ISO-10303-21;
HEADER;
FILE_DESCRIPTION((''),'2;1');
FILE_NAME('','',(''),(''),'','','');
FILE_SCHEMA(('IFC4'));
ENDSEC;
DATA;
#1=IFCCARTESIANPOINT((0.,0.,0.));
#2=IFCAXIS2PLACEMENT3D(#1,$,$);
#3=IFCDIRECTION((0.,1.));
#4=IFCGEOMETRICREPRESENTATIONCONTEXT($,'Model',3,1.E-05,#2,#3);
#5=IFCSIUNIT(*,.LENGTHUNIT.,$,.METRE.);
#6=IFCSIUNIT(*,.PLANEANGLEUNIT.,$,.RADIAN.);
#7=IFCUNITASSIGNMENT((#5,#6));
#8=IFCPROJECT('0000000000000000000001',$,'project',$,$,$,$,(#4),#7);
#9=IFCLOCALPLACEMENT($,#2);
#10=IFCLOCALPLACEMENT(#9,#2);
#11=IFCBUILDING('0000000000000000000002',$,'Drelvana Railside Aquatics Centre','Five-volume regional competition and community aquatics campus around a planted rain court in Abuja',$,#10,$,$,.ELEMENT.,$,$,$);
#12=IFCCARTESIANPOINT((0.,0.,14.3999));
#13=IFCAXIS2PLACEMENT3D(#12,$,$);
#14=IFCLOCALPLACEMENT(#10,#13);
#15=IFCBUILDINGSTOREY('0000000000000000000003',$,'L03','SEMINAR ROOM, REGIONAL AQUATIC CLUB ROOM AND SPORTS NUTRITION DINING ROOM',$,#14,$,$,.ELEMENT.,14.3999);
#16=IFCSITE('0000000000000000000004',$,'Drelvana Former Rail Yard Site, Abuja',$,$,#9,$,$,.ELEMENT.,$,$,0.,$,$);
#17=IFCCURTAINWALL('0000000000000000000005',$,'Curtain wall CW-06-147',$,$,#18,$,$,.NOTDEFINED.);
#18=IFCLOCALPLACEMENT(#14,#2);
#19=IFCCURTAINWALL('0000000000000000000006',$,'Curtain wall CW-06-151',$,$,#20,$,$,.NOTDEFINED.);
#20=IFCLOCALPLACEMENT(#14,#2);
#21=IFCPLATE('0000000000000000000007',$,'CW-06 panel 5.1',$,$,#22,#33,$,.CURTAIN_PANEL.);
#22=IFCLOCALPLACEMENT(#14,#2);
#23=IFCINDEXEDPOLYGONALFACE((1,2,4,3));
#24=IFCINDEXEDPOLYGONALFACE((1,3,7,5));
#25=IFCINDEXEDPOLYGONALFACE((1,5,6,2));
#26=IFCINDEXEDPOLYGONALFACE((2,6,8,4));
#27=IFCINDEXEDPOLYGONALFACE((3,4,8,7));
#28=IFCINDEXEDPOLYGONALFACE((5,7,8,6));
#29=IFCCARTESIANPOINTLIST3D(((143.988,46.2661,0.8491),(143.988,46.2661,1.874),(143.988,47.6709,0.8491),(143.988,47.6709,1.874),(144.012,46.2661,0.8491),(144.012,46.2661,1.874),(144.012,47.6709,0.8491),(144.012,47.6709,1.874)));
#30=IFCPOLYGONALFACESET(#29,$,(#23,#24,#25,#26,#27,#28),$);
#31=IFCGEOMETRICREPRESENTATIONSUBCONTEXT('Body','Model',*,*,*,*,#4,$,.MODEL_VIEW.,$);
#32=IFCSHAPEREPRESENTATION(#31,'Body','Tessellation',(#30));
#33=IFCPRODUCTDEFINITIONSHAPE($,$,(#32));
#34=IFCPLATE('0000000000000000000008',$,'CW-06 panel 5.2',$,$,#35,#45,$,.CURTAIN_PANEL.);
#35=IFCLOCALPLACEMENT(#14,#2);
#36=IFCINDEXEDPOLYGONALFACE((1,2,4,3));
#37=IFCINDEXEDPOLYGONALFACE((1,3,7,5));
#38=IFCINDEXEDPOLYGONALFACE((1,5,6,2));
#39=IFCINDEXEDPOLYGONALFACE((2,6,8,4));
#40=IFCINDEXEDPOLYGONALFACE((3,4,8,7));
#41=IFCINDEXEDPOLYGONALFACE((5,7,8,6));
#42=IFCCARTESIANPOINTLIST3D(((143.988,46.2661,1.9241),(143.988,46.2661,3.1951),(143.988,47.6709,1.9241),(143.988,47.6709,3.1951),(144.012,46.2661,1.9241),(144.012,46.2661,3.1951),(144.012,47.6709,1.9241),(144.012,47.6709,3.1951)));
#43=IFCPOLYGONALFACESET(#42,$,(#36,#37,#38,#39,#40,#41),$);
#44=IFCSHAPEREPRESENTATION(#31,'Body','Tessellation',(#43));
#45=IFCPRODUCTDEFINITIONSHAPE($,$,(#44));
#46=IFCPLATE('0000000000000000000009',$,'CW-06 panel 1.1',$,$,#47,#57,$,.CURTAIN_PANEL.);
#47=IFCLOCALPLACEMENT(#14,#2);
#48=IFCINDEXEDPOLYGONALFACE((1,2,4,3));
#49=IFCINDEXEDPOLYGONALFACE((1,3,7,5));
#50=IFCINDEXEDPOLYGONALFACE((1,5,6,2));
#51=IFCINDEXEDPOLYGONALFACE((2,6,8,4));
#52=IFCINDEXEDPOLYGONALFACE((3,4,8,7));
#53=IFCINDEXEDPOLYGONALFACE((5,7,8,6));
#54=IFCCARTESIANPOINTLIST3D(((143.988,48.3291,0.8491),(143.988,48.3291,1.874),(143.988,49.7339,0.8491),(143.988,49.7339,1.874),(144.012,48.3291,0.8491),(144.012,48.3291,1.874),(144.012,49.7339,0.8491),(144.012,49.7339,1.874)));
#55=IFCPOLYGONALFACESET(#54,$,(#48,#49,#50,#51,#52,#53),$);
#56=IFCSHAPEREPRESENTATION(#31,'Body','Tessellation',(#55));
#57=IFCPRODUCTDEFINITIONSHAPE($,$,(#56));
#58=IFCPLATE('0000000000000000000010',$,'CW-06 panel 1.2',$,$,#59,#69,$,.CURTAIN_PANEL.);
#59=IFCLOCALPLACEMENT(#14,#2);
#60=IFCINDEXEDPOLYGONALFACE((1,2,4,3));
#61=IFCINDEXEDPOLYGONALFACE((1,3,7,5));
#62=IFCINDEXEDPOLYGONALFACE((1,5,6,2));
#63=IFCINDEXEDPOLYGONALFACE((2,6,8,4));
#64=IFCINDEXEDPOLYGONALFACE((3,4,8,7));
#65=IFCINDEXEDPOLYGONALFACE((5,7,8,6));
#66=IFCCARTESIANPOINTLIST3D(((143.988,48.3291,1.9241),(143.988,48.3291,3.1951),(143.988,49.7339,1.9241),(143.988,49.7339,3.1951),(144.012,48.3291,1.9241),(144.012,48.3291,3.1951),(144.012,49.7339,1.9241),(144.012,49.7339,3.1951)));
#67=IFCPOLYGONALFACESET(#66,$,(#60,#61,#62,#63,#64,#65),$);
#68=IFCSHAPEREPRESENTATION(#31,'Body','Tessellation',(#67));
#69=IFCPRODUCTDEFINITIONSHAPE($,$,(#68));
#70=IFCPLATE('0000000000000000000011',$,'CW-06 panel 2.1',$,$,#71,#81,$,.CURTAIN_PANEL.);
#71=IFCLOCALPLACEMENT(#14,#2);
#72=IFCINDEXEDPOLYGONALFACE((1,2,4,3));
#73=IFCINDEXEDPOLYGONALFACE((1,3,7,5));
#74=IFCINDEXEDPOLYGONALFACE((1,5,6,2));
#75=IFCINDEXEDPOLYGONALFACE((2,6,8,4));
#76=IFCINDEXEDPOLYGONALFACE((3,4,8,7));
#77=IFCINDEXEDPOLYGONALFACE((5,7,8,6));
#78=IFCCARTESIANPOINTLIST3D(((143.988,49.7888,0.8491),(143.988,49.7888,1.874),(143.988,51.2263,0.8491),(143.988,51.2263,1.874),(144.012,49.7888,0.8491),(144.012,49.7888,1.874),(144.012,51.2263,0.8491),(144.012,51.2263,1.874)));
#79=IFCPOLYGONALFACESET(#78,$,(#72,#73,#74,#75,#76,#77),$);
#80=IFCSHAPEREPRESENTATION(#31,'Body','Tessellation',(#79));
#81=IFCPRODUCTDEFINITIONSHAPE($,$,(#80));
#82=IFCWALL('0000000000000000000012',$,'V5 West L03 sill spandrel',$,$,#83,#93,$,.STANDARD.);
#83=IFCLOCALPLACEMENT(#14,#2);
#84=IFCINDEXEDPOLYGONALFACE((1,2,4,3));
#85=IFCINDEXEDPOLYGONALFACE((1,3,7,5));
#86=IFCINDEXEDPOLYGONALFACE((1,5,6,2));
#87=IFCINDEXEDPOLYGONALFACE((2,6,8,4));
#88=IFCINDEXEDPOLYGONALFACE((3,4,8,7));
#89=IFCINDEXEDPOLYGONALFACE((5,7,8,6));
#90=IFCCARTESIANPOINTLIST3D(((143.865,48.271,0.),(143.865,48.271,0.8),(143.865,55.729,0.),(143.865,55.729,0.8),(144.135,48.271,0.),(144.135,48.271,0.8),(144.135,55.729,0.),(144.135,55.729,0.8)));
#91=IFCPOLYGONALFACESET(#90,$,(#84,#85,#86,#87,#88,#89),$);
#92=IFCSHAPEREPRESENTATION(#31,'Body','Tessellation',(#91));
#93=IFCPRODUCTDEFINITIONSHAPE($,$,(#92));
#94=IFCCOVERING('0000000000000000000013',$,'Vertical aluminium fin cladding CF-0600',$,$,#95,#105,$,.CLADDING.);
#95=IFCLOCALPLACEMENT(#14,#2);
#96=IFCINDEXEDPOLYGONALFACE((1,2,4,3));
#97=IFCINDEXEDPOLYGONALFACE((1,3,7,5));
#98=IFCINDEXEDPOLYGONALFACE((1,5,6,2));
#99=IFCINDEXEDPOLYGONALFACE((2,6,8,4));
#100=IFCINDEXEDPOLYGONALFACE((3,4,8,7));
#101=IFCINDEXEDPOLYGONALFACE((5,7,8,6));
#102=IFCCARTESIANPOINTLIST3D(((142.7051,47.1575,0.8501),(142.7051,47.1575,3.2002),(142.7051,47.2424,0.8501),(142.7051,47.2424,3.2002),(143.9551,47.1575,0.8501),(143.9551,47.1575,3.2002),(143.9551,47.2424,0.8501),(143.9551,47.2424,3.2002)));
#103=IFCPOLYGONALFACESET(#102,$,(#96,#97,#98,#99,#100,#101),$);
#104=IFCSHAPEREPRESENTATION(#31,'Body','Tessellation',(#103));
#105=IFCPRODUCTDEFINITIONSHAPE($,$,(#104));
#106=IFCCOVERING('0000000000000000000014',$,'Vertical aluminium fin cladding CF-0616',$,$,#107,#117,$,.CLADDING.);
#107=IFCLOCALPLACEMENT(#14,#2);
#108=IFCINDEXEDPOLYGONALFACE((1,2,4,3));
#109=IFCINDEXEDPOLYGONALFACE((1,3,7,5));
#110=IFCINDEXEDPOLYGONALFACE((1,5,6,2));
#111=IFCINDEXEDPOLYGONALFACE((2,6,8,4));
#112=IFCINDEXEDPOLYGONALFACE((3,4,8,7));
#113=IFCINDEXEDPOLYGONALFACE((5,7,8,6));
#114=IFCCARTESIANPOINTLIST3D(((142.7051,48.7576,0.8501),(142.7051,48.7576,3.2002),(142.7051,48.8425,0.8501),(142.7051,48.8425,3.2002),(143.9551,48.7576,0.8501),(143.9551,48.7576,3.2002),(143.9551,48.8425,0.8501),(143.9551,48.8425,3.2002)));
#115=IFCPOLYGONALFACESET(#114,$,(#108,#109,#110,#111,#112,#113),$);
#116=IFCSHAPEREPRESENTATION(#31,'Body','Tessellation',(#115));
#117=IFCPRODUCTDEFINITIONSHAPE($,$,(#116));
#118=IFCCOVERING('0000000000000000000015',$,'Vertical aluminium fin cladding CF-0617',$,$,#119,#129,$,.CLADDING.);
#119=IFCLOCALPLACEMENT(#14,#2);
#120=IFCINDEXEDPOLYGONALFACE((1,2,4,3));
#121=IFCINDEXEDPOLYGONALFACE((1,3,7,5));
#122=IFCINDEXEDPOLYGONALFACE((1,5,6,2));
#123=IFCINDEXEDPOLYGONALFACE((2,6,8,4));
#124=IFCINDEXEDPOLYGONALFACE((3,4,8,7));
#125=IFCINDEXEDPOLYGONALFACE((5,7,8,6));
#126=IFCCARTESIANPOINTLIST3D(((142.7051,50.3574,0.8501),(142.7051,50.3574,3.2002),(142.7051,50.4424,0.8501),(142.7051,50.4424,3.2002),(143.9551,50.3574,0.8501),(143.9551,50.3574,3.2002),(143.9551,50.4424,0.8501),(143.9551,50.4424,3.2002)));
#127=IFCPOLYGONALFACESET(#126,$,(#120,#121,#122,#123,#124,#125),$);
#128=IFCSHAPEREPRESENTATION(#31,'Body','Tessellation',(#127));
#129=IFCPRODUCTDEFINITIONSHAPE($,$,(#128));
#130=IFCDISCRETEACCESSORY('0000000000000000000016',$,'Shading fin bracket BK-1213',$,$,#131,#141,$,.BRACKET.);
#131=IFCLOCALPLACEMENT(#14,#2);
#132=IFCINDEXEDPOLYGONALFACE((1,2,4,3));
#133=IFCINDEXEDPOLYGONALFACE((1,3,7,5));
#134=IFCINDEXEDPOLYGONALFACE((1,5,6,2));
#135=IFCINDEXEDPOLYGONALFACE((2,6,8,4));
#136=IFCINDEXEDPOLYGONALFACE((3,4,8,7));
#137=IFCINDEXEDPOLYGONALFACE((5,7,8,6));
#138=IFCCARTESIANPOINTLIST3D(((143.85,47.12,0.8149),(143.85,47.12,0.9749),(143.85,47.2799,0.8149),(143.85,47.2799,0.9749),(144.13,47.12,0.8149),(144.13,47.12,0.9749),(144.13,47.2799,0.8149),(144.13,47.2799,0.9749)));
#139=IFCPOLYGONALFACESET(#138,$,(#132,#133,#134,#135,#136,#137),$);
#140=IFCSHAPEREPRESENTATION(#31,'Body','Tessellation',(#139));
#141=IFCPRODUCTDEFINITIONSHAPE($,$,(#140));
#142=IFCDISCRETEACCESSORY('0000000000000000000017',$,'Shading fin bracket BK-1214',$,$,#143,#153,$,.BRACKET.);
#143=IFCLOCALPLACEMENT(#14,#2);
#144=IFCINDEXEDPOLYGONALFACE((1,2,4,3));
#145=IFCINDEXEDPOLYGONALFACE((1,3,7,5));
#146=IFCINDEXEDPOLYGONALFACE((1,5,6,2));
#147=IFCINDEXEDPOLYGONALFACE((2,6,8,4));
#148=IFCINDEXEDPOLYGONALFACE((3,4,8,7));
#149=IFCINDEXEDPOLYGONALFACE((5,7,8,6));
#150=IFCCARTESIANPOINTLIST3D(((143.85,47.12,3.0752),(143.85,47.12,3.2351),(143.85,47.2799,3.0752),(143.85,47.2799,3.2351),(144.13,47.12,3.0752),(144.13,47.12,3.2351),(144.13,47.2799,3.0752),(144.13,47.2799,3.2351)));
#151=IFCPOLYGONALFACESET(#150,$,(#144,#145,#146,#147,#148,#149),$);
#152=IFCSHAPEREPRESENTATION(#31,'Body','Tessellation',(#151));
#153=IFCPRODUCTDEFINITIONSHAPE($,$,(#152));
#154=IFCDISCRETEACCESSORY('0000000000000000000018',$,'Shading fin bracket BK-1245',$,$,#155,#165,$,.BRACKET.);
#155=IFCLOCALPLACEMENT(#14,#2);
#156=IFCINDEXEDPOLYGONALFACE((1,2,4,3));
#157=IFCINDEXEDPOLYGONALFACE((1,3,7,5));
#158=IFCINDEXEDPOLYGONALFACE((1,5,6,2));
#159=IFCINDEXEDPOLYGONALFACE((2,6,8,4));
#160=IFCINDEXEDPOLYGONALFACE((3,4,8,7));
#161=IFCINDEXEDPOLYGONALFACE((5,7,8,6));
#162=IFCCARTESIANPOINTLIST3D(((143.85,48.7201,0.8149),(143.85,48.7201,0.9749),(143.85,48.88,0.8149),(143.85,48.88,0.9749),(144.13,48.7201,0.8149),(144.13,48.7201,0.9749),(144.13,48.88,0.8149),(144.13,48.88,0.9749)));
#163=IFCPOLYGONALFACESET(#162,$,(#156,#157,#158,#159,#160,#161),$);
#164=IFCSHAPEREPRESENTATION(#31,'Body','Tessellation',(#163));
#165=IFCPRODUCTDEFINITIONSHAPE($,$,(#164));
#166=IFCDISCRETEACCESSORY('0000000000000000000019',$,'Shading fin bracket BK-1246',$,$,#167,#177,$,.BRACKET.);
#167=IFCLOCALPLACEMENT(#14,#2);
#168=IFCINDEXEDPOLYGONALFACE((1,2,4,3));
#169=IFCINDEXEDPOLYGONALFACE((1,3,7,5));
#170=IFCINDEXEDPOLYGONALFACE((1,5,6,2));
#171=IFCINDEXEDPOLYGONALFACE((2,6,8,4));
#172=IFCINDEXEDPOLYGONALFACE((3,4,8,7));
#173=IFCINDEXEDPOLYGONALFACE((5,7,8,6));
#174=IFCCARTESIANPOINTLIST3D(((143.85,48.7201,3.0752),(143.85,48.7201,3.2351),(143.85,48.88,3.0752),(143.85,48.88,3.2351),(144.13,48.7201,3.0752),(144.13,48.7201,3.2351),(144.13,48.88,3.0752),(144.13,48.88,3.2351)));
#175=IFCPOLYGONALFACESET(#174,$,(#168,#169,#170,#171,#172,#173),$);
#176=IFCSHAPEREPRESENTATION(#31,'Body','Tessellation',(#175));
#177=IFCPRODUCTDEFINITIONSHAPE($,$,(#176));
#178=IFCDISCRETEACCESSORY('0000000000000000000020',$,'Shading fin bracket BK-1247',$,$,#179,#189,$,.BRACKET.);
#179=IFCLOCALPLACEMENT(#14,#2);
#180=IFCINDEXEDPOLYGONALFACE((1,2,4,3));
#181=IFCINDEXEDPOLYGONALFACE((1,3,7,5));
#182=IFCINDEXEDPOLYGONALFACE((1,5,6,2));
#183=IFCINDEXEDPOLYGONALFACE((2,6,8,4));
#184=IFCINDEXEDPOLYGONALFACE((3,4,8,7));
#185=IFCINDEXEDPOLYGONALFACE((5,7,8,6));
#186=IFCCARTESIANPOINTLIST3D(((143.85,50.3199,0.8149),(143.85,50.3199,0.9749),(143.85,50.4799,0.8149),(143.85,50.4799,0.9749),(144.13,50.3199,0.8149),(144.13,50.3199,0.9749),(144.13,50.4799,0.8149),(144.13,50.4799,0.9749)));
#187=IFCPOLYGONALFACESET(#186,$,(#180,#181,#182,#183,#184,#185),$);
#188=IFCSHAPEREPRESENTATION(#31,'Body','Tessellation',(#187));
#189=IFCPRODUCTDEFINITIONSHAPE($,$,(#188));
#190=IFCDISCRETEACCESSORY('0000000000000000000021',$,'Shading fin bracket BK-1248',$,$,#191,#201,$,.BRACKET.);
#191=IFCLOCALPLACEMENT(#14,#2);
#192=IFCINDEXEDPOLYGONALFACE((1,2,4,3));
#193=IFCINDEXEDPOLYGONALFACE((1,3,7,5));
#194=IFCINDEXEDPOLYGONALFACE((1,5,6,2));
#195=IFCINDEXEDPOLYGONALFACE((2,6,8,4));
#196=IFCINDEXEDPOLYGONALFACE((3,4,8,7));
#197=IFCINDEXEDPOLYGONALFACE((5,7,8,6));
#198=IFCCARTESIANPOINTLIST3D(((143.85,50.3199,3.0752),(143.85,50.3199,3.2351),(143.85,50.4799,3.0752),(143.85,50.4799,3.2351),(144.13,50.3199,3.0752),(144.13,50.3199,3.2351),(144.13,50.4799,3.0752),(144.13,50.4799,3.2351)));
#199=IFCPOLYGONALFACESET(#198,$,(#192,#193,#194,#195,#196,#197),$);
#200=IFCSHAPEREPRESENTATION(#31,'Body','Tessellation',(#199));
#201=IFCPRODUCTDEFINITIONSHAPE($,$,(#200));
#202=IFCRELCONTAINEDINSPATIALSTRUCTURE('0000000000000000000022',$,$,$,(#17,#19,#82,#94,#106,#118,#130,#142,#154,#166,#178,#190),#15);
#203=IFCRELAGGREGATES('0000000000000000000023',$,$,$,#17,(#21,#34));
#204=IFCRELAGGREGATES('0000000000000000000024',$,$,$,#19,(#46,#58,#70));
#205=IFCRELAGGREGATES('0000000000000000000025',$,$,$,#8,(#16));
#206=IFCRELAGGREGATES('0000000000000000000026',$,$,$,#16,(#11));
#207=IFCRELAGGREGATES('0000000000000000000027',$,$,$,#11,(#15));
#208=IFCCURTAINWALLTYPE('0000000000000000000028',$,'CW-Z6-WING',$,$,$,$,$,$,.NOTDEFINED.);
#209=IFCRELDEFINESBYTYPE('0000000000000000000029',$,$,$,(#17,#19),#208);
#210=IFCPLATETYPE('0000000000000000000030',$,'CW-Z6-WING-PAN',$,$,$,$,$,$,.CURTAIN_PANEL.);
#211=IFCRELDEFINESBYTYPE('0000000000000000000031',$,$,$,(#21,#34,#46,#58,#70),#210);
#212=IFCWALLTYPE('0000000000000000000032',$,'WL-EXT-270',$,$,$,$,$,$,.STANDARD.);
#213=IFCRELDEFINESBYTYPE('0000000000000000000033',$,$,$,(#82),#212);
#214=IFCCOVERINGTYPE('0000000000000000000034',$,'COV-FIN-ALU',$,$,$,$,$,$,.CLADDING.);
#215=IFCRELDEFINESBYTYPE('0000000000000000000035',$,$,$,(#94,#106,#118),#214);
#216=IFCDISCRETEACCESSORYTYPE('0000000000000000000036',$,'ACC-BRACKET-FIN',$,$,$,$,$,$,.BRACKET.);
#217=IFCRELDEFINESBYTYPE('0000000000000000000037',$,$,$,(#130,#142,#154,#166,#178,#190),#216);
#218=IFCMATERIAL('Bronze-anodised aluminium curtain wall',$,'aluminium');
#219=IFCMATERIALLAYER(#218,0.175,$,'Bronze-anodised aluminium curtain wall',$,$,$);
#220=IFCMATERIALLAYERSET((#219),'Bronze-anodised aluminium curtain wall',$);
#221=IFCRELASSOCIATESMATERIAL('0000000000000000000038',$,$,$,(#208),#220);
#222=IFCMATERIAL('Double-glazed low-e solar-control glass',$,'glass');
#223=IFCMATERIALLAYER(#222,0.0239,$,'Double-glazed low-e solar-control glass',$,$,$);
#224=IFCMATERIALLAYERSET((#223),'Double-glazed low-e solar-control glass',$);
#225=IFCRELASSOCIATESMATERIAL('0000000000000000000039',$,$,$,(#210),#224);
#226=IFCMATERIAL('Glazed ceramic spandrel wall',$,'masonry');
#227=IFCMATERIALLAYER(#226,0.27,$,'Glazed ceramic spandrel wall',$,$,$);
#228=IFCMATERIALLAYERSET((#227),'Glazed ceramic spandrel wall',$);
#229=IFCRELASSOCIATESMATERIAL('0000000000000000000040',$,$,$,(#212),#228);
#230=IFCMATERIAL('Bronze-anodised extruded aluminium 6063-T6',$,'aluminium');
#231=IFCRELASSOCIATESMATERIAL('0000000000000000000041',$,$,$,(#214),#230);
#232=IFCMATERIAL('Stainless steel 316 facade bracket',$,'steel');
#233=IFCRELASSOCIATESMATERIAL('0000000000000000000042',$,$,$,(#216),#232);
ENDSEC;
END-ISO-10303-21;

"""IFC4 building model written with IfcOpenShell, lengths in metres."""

from ifc_helpers import new_model, si_unit, direction, frame, frame_2d, origin, origin_2d, place, context, subcontext, project, spatial, rectangle, extrude, material, layer, layer_set, type_object, element, aggregate, save


model = new_model("IFC4")

# Units and contexts
model_context = context("Model", 3, precision=1e-05, world=origin(), true_north=direction((0.0, 1.0)))
body_context = subcontext(model_context, "Body", "Model", "MODEL_VIEW")
ifc_project = project(units=[si_unit("LENGTHUNIT", "METRE"), si_unit("PLANEANGLEUNIT", "RADIAN")], contexts=[model_context])

# Site, building, storey
site_placement = place(None, origin())
site = spatial("IfcSite", under=ifc_project, at=site_placement, Name="Drelvana Former Rail Yard Site, Abuja", CompositionType="ELEMENT", RefElevation=0.0)
building_placement = place(site_placement, origin())
building = spatial("IfcBuilding", under=site, at=building_placement, Name="Drelvana Railside Aquatics Centre", Description="Five-volume regional competition and community aquatics campus around a planted rain court in Abuja", CompositionType="ELEMENT")
storey_placement = place(building_placement, frame((0.0, 0.0, 14.3999)))
storey = spatial("IfcBuildingStorey", under=building, at=storey_placement, Name="L03", Description="SEMINAR ROOM, REGIONAL AQUATIC CLUB ROOM AND SPORTS NUTRITION DINING ROOM", CompositionType="ELEMENT", Elevation=14.3999)

# Curtain wall
ifc_material_1 = material(Name="Bronze-anodised aluminium curtain wall", Category="aluminium")
ifc_layer_1 = layer(ifc_material_1, 0.175, Name="Bronze-anodised aluminium curtain wall")
ifc_layer_set_1 = layer_set([ifc_layer_1], Name="Bronze-anodised aluminium curtain wall")
curtain_wall_type = type_object("IfcCurtainWallType", Name="CW-Z6-WING", PredefinedType="NOTDEFINED", material=ifc_layer_set_1)
curtain_wall_1_placement = place(storey_placement, origin())
curtain_wall_1 = element("IfcCurtainWall", 1, at=curtain_wall_1_placement, inside=storey, type_object=curtain_wall_type, Name="Curtain wall CW-06-147", PredefinedType="NOTDEFINED")

# Curtain wall
curtain_wall_2_placement = place(storey_placement, origin())
curtain_wall_2 = element("IfcCurtainWall", 2, at=curtain_wall_2_placement, inside=storey, type_object=curtain_wall_type, Name="Curtain wall CW-06-151", PredefinedType="NOTDEFINED")

# Plates
ifc_material_2 = material(Name="Double-glazed low-e solar-control glass", Category="glass")
ifc_layer_2 = layer(ifc_material_2, 0.0239, Name="Double-glazed low-e solar-control glass")
ifc_layer_set_2 = layer_set([ifc_layer_2], Name="Double-glazed low-e solar-control glass")
plate_type = type_object("IfcPlateType", Name="CW-Z6-WING-PAN", PredefinedType="CURTAIN_PANEL", material=ifc_layer_set_2)
plate_1_placement = place(storey_placement, frame((144.0, 46.9685, 0.8491), z_axis=(0.0, 0.0, 1.0), x_axis=(0.0, 1.0, 0.0)))
plate_1 = element("IfcPlate", 3, at=plate_1_placement, type_object=plate_type, Name="CW-06 panel 5.1", PredefinedType="CURTAIN_PANEL", context=body_context, shape_type="SweptSolid", body=[
    extrude(rectangle(XDim=1.4048, YDim=0.0239, at=origin_2d()), origin(), (0.0, 0.0, 1.0), 1.0249),
])
plate_2_placement = place(storey_placement, frame((144.0, 46.9685, 1.9241), z_axis=(0.0, 0.0, 1.0), x_axis=(0.0, 1.0, 0.0)))
plate_2 = element("IfcPlate", 4, at=plate_2_placement, type_object=plate_type, Name="CW-06 panel 5.2", PredefinedType="CURTAIN_PANEL", context=body_context, shape_type="SweptSolid", body=[
    extrude(rectangle(XDim=1.4048, YDim=0.0239, at=origin_2d()), origin(), (0.0, 0.0, 1.0), 1.271),
])
aggregate(curtain_wall_1, [plate_1, plate_2])
plate_3_placement = place(storey_placement, frame((144.0, 49.0315, 0.8491), z_axis=(0.0, 0.0, 1.0), x_axis=(0.0, 1.0, 0.0)))
plate_3 = element("IfcPlate", 5, at=plate_3_placement, type_object=plate_type, Name="CW-06 panel 1.1", PredefinedType="CURTAIN_PANEL", context=body_context, shape_type="SweptSolid", body=[
    extrude(rectangle(XDim=1.4048, YDim=0.0239, at=origin_2d()), origin(), (0.0, 0.0, 1.0), 1.0249),
])
plate_4_placement = place(storey_placement, frame((144.0, 49.0315, 1.9241), z_axis=(0.0, 0.0, 1.0), x_axis=(0.0, 1.0, 0.0)))
plate_4 = element("IfcPlate", 6, at=plate_4_placement, type_object=plate_type, Name="CW-06 panel 1.2", PredefinedType="CURTAIN_PANEL", context=body_context, shape_type="SweptSolid", body=[
    extrude(rectangle(XDim=1.4048, YDim=0.0239, at=origin_2d()), origin(), (0.0, 0.0, 1.0), 1.271),
])
plate_5_placement = place(storey_placement, frame((144.0, 50.5076, 0.8491), z_axis=(0.0, 0.0, 1.0), x_axis=(0.0, 1.0, 0.0)))
plate_5 = element("IfcPlate", 7, at=plate_5_placement, type_object=plate_type, Name="CW-06 panel 2.1", PredefinedType="CURTAIN_PANEL", context=body_context, shape_type="SweptSolid", body=[
    extrude(rectangle(XDim=1.4375, YDim=0.0239, at=origin_2d()), origin(), (0.0, 0.0, 1.0), 1.0249),
])
aggregate(curtain_wall_2, [plate_3, plate_4, plate_5])

# Wall
ifc_material_3 = material(Name="Glazed ceramic spandrel wall", Category="masonry")
ifc_layer_3 = layer(ifc_material_3, 0.27, Name="Glazed ceramic spandrel wall")
ifc_layer_set_3 = layer_set([ifc_layer_3], Name="Glazed ceramic spandrel wall")
wall_type = type_object("IfcWallType", Name="WL-EXT-270", PredefinedType="STANDARD", material=ifc_layer_set_3)
wall_placement = place(storey_placement, frame((144.0, 48.271, 0.0), z_axis=(0.0, 0.0, 1.0), x_axis=(0.0, 1.0, 0.0)))
element("IfcWall", 8, at=wall_placement, inside=storey, type_object=wall_type, Name="V5 West L03 sill spandrel", PredefinedType="STANDARD", context=body_context, shape_type="SweptSolid", body=[
    extrude(rectangle(XDim=7.458, YDim=0.27, at=frame_2d((3.729, 0.0))), origin(), (0.0, 0.0, 1.0), 0.8),
])

# Coverings
ifc_material_4 = material(Name="Bronze-anodised extruded aluminium 6063-T6", Category="aluminium")
covering_type = type_object("IfcCoveringType", Name="COV-FIN-ALU", PredefinedType="CLADDING", material=ifc_material_4)
for number, where, z_axis, x_axis, name in (
    (9, (143.3301, 47.2, 0.8501), (0.0, 0.0, 1.0), (0.0, 1.0, 0.0), "Vertical aluminium fin cladding CF-0600"),
    (10, (143.3301, 48.8, 0.8501), (0.0, 0.0, 1.0), (0.0, 1.0, 0.0), "Vertical aluminium fin cladding CF-0616"),
    (11, (143.3301, 50.3999, 0.8501), (0.0, 0.0, 1.0), (0.0, 1.0, 0.0), "Vertical aluminium fin cladding CF-0617"),
):
    element("IfcCovering", number, at=place(storey_placement, frame(where, z_axis=z_axis, x_axis=x_axis)), inside=storey, type_object=covering_type, Name=name, PredefinedType="CLADDING", context=body_context, shape_type="SweptSolid", body=[
        extrude(rectangle(XDim=0.085, YDim=1.25, at=origin_2d()), origin(), (0.0, 0.0, 1.0), 2.3501),
    ])

# Discrete accessories
ifc_material_5 = material(Name="Stainless steel 316 facade bracket", Category="steel")
discrete_accessory_type = type_object("IfcDiscreteAccessoryType", Name="ACC-BRACKET-FIN", PredefinedType="BRACKET", material=ifc_material_5)
for number, where, z_axis, x_axis, name in (
    (12, (143.99, 47.2, 0.8149), (0.0, 0.0, 1.0), (-1.0, 0.0, 0.0), "Shading fin bracket BK-1213"),
    (13, (143.99, 47.2, 3.0752), (0.0, 0.0, 1.0), (-1.0, 0.0, 0.0), "Shading fin bracket BK-1214"),
    (14, (143.99, 48.8, 0.8149), (0.0, 0.0, 1.0), (-1.0, 0.0, 0.0), "Shading fin bracket BK-1245"),
    (15, (143.99, 48.8, 3.0752), (0.0, 0.0, 1.0), (-1.0, 0.0, 0.0), "Shading fin bracket BK-1246"),
    (16, (143.99, 50.3999, 0.8149), (0.0, 0.0, 1.0), (-1.0, 0.0, 0.0), "Shading fin bracket BK-1247"),
    (17, (143.99, 50.3999, 3.0752), (0.0, 0.0, 1.0), (-1.0, 0.0, 0.0), "Shading fin bracket BK-1248"),
):
    element("IfcDiscreteAccessory", number, at=place(storey_placement, frame(where, z_axis=z_axis, x_axis=x_axis)), inside=storey, type_object=discrete_accessory_type, Name=name, PredefinedType="BRACKET", context=body_context, shape_type="SweptSolid", body=[
        extrude(rectangle(XDim=0.28, YDim=0.1599, at=origin_2d()), origin(), (0.0, 0.0, 1.0), 0.1599),
    ])

save(model, "model.ifc")
